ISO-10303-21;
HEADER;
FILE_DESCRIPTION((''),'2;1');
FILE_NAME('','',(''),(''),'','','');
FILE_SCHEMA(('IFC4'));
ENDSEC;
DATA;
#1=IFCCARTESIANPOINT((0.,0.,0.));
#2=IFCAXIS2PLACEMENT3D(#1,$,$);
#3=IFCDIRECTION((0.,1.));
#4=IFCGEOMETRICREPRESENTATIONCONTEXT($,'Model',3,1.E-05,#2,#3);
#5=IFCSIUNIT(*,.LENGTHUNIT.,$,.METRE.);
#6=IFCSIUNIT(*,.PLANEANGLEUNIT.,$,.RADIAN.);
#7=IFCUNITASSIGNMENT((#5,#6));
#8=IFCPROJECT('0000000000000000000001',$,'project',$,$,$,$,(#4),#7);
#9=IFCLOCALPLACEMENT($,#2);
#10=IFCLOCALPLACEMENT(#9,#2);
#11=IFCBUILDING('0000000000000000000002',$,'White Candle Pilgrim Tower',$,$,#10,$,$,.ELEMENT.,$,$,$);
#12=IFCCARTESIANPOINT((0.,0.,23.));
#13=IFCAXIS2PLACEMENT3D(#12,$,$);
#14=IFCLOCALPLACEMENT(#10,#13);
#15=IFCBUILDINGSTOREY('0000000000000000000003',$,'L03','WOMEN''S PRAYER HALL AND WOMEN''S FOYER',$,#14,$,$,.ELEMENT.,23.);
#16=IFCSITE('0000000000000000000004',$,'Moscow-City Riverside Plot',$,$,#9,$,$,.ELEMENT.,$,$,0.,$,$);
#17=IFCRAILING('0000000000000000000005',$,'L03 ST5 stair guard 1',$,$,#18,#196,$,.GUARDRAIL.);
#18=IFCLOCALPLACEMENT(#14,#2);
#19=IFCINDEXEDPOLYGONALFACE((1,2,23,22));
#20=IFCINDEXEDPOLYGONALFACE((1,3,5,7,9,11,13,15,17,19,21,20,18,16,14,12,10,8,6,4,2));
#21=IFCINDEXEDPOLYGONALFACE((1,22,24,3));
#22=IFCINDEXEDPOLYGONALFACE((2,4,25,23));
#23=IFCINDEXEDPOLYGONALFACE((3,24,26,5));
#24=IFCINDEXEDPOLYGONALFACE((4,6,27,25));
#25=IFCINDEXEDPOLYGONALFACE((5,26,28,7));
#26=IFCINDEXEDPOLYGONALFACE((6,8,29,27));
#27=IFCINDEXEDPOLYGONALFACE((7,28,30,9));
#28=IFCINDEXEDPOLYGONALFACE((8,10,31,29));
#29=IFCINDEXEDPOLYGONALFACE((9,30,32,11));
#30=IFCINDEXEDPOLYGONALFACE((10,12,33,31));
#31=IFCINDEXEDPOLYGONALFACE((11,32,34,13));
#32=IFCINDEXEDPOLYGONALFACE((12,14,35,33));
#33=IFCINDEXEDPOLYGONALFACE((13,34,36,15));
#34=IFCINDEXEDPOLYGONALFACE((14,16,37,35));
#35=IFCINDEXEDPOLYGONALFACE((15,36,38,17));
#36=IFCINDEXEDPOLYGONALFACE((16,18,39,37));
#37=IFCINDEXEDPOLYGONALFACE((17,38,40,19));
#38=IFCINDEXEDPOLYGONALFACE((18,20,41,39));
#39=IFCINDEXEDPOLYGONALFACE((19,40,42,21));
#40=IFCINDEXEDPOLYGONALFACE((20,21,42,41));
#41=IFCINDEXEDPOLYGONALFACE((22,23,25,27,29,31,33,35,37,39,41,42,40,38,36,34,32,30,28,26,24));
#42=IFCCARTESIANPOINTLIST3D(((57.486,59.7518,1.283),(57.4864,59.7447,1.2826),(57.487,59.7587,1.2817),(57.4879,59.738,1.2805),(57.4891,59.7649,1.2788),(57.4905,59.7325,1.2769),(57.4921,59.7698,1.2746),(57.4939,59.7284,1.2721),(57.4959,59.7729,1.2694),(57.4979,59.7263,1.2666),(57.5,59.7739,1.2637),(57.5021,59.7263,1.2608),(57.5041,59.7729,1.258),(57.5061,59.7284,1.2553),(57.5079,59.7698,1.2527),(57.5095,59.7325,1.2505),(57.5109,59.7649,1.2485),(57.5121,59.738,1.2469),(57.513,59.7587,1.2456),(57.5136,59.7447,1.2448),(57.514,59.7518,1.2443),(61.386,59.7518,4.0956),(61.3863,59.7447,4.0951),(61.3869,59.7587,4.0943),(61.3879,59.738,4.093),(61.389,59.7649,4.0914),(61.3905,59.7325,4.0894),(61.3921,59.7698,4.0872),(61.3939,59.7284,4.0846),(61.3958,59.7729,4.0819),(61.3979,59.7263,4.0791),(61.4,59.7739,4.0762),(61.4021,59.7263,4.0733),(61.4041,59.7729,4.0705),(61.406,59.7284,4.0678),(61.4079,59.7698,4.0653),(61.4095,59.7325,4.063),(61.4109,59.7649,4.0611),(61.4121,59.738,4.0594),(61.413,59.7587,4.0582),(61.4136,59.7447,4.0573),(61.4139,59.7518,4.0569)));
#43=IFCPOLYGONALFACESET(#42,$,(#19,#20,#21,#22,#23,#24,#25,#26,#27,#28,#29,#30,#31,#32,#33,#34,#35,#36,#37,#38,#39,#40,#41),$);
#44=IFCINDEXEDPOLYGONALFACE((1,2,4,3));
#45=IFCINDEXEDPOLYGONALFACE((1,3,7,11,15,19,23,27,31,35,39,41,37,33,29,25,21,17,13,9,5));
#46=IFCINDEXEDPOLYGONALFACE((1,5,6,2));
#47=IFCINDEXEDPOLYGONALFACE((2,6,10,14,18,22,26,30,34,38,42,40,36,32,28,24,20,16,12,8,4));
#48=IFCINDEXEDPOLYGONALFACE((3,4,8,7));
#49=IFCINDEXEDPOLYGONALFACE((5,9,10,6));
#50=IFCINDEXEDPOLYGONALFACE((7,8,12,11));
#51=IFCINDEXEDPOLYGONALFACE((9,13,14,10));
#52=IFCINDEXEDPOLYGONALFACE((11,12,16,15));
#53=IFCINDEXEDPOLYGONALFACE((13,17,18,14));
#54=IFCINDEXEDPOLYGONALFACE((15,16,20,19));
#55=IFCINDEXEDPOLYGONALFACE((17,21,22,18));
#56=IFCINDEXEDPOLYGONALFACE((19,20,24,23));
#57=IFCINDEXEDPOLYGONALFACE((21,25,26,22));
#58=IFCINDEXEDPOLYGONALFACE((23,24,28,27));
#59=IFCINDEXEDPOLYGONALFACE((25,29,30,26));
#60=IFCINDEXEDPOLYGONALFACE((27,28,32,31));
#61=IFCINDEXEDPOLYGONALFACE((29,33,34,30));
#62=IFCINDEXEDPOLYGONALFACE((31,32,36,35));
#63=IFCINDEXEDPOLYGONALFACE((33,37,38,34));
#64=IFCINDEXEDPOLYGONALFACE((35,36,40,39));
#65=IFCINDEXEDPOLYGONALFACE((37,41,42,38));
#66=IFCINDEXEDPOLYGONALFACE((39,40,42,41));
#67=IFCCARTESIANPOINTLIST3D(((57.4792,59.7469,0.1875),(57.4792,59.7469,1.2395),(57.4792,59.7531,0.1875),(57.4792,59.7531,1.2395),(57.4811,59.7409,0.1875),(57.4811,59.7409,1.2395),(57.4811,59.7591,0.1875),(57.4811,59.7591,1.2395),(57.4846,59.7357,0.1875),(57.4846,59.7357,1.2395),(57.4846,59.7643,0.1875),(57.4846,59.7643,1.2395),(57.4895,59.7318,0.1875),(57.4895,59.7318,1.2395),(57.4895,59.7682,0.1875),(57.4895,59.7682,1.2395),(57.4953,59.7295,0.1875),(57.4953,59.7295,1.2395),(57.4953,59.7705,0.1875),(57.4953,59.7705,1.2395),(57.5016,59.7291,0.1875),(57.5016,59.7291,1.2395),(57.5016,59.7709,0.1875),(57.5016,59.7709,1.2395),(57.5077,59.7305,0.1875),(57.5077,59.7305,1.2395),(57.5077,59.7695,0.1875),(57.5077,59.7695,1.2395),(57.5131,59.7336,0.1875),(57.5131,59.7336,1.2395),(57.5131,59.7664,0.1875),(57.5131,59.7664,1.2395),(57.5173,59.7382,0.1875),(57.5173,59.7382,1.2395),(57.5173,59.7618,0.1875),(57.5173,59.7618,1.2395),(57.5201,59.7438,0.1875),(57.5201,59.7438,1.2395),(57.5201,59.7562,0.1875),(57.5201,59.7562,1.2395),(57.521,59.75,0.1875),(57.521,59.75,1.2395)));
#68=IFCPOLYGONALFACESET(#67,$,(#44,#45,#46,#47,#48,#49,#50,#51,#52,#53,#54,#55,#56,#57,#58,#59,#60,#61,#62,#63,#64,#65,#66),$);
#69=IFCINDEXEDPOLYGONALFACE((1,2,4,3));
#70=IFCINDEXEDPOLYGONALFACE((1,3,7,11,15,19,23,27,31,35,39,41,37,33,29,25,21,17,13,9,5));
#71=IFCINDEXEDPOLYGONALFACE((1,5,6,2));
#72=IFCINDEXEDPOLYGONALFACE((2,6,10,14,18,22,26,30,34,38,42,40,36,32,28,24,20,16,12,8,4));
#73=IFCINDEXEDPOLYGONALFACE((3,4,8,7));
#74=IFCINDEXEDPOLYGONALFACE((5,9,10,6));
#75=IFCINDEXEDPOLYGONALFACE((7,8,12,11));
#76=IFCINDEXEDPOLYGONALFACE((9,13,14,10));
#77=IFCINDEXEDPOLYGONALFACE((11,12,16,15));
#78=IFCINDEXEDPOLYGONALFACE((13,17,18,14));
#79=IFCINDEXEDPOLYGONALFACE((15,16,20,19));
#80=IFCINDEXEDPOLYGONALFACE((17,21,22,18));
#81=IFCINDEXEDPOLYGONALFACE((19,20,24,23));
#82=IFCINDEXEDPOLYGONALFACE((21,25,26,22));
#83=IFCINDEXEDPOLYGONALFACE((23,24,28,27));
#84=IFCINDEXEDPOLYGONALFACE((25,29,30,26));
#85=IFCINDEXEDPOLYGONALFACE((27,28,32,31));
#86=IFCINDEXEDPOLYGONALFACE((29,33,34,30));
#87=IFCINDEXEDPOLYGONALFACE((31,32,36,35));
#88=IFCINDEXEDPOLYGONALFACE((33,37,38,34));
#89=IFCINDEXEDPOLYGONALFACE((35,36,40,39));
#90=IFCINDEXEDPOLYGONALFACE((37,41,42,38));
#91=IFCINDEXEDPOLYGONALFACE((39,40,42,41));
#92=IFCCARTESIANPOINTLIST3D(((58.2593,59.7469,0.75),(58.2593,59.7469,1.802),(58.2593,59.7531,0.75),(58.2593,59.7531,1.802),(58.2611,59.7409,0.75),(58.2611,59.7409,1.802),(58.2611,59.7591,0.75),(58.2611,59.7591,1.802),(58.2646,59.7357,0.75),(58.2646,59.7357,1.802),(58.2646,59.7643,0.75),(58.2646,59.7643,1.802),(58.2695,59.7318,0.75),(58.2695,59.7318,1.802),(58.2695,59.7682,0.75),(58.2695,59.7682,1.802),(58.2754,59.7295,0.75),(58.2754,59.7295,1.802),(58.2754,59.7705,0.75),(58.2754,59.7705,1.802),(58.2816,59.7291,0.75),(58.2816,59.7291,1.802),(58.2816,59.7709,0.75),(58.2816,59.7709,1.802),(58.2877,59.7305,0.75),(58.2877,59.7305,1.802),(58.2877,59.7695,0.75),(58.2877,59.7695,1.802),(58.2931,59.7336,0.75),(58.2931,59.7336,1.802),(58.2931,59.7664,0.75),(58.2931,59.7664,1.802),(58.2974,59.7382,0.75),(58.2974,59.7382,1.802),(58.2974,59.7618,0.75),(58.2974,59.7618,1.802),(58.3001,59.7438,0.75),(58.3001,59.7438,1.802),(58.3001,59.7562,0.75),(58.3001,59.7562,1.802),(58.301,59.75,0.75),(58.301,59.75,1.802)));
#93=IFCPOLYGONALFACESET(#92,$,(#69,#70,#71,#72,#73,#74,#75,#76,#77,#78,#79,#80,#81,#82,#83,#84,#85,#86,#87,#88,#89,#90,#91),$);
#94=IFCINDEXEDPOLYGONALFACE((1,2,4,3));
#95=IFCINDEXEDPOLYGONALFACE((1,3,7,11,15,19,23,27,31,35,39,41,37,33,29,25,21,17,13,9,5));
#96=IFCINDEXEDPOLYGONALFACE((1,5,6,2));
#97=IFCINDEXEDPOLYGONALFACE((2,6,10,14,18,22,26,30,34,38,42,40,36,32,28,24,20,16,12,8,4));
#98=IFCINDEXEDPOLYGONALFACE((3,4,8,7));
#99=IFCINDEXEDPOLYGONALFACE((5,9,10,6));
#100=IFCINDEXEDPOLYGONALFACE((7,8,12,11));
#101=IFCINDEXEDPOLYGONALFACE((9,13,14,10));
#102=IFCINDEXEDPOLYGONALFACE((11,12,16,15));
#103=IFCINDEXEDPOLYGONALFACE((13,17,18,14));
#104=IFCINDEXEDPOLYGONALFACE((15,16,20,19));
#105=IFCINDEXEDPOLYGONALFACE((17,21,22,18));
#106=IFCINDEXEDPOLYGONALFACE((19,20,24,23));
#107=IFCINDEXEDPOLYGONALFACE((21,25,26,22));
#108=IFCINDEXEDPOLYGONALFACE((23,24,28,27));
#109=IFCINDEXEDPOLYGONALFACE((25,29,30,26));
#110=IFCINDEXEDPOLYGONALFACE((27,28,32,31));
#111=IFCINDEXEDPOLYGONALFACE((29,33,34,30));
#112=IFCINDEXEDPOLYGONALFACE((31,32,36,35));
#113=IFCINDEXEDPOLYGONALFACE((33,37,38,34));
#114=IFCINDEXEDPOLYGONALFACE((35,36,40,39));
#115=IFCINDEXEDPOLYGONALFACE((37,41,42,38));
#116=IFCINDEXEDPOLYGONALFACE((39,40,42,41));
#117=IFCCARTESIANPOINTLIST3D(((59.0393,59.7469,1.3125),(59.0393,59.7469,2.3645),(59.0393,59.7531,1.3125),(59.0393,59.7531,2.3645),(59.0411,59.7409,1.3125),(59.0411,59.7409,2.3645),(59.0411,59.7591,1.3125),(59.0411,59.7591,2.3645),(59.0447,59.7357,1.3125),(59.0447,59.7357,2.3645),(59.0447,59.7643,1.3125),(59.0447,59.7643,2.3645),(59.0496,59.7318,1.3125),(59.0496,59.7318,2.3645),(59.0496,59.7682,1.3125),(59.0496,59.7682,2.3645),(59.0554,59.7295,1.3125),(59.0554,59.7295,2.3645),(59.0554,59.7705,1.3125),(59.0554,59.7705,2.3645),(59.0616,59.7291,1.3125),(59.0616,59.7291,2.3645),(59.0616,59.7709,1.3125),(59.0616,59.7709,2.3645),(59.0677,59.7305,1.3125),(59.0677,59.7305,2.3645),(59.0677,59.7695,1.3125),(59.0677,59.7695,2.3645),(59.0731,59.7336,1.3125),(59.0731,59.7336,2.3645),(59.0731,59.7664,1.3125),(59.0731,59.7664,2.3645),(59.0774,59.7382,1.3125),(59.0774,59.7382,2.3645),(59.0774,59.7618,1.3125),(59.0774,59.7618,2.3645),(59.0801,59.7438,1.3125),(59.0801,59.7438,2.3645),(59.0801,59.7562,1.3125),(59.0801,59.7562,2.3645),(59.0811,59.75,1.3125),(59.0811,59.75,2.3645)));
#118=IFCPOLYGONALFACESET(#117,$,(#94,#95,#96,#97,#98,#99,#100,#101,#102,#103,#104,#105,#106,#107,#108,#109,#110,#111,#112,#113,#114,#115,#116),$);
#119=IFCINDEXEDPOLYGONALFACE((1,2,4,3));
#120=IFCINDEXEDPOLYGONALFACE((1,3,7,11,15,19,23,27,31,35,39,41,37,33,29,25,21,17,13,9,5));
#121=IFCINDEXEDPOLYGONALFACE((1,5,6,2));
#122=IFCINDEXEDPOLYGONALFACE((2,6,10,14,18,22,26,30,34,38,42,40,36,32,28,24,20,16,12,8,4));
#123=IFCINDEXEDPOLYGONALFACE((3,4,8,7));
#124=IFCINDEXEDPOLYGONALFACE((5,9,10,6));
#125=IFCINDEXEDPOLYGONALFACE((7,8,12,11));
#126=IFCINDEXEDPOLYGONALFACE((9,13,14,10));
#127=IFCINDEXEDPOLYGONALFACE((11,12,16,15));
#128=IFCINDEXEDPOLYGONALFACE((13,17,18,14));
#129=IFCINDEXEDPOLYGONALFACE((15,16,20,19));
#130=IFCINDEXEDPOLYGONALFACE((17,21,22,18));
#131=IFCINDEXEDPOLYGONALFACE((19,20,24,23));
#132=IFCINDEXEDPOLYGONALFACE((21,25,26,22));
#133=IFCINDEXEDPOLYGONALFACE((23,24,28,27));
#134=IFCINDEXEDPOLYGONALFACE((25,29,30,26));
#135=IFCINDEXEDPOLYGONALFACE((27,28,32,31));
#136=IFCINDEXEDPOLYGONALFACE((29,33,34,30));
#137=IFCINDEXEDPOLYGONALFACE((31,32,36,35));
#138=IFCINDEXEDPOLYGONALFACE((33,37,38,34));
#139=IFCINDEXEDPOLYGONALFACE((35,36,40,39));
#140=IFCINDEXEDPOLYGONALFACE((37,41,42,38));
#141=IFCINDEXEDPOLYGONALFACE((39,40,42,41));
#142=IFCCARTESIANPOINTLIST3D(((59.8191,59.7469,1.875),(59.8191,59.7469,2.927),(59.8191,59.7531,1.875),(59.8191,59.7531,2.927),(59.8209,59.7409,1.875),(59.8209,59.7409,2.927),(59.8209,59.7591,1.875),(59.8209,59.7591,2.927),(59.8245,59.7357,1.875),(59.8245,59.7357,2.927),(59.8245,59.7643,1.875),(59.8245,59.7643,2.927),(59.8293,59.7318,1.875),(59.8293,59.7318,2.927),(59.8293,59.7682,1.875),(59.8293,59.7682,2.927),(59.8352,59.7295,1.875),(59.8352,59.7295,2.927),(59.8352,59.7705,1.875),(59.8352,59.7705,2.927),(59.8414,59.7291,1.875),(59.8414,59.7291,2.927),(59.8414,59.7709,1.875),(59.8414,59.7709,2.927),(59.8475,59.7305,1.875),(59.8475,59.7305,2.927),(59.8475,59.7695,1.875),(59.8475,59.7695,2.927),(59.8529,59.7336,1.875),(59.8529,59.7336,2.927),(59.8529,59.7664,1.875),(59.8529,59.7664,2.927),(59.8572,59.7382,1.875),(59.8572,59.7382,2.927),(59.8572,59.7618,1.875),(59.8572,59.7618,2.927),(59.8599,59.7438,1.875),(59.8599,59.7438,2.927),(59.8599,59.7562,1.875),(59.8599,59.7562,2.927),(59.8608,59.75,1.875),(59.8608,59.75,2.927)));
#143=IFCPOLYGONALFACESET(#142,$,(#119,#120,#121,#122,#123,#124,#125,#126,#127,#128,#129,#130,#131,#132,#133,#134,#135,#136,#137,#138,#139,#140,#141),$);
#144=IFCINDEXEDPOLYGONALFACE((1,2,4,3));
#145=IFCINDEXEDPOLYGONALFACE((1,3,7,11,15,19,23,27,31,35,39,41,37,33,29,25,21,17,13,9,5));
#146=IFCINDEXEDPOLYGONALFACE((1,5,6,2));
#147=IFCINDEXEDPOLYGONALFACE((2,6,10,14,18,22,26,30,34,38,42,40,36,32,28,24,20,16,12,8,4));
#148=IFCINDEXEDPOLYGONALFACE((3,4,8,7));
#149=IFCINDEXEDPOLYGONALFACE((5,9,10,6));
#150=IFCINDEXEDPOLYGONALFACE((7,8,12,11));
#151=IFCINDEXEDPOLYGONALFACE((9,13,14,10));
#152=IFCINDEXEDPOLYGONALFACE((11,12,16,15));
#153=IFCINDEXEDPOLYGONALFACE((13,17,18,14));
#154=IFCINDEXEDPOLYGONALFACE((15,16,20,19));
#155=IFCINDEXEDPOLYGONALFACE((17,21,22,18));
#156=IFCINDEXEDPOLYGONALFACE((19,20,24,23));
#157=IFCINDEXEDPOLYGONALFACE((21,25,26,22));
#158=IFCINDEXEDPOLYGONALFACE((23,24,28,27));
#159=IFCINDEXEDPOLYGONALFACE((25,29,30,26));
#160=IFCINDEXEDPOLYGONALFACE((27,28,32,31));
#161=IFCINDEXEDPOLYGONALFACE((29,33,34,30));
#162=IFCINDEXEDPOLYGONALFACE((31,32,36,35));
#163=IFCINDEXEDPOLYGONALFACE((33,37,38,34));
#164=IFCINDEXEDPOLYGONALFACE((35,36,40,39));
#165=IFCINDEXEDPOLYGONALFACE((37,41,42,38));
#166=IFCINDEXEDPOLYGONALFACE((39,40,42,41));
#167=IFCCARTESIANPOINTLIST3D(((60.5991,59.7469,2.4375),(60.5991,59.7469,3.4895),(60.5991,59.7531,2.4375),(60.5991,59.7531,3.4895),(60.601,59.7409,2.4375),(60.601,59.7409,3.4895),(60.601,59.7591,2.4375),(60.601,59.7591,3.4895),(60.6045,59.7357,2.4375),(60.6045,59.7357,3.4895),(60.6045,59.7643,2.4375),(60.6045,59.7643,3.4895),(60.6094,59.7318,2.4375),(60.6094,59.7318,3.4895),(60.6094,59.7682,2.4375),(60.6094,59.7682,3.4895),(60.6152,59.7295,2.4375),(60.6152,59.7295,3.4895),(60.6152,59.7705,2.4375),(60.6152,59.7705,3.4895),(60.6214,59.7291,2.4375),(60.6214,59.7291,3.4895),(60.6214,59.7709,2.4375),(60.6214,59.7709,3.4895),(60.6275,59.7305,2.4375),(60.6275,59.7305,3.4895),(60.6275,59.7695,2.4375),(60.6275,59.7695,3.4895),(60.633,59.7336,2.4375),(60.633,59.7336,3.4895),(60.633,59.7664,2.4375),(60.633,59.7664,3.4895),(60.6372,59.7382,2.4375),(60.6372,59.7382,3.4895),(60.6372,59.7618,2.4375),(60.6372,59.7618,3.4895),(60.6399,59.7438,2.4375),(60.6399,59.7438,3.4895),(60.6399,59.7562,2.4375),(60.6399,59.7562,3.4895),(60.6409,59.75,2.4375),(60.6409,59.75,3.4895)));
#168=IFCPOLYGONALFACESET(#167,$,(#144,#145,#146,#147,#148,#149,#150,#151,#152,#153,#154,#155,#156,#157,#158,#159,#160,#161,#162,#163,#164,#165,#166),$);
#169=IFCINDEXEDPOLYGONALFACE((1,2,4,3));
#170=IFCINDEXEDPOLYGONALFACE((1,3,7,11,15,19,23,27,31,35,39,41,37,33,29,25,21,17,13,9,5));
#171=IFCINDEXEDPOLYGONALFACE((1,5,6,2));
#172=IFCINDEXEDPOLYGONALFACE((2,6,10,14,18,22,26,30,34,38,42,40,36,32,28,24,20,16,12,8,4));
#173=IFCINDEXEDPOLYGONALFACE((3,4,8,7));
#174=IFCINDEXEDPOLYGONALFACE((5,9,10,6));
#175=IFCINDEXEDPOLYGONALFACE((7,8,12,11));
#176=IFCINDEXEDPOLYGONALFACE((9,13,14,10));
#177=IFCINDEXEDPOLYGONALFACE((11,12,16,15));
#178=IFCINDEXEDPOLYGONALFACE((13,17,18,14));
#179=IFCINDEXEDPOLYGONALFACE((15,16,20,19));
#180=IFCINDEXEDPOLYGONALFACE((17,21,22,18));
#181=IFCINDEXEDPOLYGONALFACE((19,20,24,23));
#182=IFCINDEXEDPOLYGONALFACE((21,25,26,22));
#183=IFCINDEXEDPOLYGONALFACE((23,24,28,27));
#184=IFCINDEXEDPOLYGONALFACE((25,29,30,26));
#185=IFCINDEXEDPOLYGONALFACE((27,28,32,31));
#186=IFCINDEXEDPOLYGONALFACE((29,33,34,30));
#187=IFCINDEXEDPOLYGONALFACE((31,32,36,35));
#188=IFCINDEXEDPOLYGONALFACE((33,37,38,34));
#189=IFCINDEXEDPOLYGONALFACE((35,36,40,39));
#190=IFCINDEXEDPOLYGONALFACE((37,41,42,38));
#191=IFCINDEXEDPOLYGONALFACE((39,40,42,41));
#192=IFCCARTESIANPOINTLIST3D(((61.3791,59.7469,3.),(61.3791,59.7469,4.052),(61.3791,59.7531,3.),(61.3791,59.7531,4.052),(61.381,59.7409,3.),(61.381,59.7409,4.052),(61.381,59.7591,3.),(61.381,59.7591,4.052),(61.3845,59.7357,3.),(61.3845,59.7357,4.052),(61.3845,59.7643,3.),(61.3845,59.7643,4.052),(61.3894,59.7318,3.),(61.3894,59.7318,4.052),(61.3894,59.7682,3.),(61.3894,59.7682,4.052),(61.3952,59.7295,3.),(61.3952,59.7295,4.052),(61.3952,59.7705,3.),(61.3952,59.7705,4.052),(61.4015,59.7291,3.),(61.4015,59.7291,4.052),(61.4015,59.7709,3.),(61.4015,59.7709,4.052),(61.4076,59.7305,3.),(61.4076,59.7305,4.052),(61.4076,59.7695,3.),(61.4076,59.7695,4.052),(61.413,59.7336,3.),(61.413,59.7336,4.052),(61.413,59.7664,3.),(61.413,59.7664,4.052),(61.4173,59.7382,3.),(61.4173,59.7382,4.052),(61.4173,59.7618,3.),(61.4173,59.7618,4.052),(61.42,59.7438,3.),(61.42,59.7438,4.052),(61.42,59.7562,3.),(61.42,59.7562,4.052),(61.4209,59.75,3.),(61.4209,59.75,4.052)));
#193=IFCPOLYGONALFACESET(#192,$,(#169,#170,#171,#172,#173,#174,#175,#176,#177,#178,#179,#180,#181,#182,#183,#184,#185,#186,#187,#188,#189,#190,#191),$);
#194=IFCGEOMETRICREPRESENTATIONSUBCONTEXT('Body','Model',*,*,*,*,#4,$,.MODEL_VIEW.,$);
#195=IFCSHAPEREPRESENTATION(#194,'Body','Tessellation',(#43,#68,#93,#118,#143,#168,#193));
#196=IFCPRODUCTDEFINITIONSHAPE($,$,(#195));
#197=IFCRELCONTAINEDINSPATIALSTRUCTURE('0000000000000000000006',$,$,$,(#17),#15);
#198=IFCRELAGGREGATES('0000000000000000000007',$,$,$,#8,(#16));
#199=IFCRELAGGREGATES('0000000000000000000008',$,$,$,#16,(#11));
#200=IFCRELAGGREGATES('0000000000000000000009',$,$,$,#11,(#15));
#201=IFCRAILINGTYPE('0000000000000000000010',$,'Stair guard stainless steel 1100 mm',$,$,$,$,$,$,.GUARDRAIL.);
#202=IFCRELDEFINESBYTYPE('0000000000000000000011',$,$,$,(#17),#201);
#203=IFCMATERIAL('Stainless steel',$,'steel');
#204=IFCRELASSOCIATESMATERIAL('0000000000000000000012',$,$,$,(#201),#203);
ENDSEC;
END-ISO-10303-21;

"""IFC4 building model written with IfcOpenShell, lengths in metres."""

from ifc_helpers import new_model, si_unit, direction, frame, origin, origin_2d, place, context, subcontext, project, spatial, circle, extrude, material, type_object, element, save


model = new_model("IFC4")

# Units and contexts
model_context = context("Model", 3, precision=1e-05, world=origin(), true_north=direction((0.0, 1.0)))
body_context = subcontext(model_context, "Body", "Model", "MODEL_VIEW")
ifc_project = project(units=[si_unit("LENGTHUNIT", "METRE"), si_unit("PLANEANGLEUNIT", "RADIAN")], contexts=[model_context])

# Site, building, storey
site_placement = place(None, origin())
site = spatial("IfcSite", under=ifc_project, at=site_placement, Name="Moscow-City Riverside Plot", CompositionType="ELEMENT", RefElevation=0.0)
building_placement = place(site_placement, origin())
building = spatial("IfcBuilding", under=site, at=building_placement, Name="White Candle Pilgrim Tower", CompositionType="ELEMENT")
storey_placement = place(building_placement, frame((0.0, 0.0, 23.0)))
storey = spatial("IfcBuildingStorey", under=building, at=storey_placement, Name="L03", Description="WOMEN'S PRAYER HALL AND WOMEN'S FOYER", CompositionType="ELEMENT", Elevation=23.0)

# Railing
ifc_material_1 = material(Name="Stainless steel", Category="steel")
railing_type_1 = type_object("IfcRailingType", Name="Stair guard stainless steel 1100 mm", PredefinedType="GUARDRAIL", material=ifc_material_1)
railing_1_placement = place(storey_placement, frame((57.5, 59.75, 0.1875)))
element("IfcRailing", 1, at=railing_1_placement, inside=storey, type_object=railing_type_1, Name="L03 ST5 stair guard 1", PredefinedType="GUARDRAIL", context=body_context, shape_type="SweptSolid", body=[
    extrude(circle(Radius=0.0239, at=origin_2d()), frame((0.0, 0.0, 1.0762), z_axis=(0.811083, 0.0, 0.584931), x_axis=(0.0, 1.0, 0.0)), (0.0, 0.0, 1.0), 4.8083),
    extrude(circle(Radius=0.021, at=origin_2d()), origin(), (0.0, 0.0, 1.0), 1.052),
    extrude(circle(Radius=0.021, at=origin_2d()), frame((0.78, 0.0, 0.5625)), (0.0, 0.0, 1.0), 1.052),
    extrude(circle(Radius=0.021, at=origin_2d()), frame((1.5601, 0.0, 1.125)), (0.0, 0.0, 1.0), 1.052),
    extrude(circle(Radius=0.021, at=origin_2d()), frame((2.3398, 0.0, 1.6875)), (0.0, 0.0, 1.0), 1.052),
    extrude(circle(Radius=0.021, at=origin_2d()), frame((3.1199, 0.0, 2.25)), (0.0, 0.0, 1.0), 1.052),
    extrude(circle(Radius=0.021, at=origin_2d()), frame((3.8999, 0.0, 2.8125)), (0.0, 0.0, 1.0), 1.052),
])

save(model, "model.ifc")
